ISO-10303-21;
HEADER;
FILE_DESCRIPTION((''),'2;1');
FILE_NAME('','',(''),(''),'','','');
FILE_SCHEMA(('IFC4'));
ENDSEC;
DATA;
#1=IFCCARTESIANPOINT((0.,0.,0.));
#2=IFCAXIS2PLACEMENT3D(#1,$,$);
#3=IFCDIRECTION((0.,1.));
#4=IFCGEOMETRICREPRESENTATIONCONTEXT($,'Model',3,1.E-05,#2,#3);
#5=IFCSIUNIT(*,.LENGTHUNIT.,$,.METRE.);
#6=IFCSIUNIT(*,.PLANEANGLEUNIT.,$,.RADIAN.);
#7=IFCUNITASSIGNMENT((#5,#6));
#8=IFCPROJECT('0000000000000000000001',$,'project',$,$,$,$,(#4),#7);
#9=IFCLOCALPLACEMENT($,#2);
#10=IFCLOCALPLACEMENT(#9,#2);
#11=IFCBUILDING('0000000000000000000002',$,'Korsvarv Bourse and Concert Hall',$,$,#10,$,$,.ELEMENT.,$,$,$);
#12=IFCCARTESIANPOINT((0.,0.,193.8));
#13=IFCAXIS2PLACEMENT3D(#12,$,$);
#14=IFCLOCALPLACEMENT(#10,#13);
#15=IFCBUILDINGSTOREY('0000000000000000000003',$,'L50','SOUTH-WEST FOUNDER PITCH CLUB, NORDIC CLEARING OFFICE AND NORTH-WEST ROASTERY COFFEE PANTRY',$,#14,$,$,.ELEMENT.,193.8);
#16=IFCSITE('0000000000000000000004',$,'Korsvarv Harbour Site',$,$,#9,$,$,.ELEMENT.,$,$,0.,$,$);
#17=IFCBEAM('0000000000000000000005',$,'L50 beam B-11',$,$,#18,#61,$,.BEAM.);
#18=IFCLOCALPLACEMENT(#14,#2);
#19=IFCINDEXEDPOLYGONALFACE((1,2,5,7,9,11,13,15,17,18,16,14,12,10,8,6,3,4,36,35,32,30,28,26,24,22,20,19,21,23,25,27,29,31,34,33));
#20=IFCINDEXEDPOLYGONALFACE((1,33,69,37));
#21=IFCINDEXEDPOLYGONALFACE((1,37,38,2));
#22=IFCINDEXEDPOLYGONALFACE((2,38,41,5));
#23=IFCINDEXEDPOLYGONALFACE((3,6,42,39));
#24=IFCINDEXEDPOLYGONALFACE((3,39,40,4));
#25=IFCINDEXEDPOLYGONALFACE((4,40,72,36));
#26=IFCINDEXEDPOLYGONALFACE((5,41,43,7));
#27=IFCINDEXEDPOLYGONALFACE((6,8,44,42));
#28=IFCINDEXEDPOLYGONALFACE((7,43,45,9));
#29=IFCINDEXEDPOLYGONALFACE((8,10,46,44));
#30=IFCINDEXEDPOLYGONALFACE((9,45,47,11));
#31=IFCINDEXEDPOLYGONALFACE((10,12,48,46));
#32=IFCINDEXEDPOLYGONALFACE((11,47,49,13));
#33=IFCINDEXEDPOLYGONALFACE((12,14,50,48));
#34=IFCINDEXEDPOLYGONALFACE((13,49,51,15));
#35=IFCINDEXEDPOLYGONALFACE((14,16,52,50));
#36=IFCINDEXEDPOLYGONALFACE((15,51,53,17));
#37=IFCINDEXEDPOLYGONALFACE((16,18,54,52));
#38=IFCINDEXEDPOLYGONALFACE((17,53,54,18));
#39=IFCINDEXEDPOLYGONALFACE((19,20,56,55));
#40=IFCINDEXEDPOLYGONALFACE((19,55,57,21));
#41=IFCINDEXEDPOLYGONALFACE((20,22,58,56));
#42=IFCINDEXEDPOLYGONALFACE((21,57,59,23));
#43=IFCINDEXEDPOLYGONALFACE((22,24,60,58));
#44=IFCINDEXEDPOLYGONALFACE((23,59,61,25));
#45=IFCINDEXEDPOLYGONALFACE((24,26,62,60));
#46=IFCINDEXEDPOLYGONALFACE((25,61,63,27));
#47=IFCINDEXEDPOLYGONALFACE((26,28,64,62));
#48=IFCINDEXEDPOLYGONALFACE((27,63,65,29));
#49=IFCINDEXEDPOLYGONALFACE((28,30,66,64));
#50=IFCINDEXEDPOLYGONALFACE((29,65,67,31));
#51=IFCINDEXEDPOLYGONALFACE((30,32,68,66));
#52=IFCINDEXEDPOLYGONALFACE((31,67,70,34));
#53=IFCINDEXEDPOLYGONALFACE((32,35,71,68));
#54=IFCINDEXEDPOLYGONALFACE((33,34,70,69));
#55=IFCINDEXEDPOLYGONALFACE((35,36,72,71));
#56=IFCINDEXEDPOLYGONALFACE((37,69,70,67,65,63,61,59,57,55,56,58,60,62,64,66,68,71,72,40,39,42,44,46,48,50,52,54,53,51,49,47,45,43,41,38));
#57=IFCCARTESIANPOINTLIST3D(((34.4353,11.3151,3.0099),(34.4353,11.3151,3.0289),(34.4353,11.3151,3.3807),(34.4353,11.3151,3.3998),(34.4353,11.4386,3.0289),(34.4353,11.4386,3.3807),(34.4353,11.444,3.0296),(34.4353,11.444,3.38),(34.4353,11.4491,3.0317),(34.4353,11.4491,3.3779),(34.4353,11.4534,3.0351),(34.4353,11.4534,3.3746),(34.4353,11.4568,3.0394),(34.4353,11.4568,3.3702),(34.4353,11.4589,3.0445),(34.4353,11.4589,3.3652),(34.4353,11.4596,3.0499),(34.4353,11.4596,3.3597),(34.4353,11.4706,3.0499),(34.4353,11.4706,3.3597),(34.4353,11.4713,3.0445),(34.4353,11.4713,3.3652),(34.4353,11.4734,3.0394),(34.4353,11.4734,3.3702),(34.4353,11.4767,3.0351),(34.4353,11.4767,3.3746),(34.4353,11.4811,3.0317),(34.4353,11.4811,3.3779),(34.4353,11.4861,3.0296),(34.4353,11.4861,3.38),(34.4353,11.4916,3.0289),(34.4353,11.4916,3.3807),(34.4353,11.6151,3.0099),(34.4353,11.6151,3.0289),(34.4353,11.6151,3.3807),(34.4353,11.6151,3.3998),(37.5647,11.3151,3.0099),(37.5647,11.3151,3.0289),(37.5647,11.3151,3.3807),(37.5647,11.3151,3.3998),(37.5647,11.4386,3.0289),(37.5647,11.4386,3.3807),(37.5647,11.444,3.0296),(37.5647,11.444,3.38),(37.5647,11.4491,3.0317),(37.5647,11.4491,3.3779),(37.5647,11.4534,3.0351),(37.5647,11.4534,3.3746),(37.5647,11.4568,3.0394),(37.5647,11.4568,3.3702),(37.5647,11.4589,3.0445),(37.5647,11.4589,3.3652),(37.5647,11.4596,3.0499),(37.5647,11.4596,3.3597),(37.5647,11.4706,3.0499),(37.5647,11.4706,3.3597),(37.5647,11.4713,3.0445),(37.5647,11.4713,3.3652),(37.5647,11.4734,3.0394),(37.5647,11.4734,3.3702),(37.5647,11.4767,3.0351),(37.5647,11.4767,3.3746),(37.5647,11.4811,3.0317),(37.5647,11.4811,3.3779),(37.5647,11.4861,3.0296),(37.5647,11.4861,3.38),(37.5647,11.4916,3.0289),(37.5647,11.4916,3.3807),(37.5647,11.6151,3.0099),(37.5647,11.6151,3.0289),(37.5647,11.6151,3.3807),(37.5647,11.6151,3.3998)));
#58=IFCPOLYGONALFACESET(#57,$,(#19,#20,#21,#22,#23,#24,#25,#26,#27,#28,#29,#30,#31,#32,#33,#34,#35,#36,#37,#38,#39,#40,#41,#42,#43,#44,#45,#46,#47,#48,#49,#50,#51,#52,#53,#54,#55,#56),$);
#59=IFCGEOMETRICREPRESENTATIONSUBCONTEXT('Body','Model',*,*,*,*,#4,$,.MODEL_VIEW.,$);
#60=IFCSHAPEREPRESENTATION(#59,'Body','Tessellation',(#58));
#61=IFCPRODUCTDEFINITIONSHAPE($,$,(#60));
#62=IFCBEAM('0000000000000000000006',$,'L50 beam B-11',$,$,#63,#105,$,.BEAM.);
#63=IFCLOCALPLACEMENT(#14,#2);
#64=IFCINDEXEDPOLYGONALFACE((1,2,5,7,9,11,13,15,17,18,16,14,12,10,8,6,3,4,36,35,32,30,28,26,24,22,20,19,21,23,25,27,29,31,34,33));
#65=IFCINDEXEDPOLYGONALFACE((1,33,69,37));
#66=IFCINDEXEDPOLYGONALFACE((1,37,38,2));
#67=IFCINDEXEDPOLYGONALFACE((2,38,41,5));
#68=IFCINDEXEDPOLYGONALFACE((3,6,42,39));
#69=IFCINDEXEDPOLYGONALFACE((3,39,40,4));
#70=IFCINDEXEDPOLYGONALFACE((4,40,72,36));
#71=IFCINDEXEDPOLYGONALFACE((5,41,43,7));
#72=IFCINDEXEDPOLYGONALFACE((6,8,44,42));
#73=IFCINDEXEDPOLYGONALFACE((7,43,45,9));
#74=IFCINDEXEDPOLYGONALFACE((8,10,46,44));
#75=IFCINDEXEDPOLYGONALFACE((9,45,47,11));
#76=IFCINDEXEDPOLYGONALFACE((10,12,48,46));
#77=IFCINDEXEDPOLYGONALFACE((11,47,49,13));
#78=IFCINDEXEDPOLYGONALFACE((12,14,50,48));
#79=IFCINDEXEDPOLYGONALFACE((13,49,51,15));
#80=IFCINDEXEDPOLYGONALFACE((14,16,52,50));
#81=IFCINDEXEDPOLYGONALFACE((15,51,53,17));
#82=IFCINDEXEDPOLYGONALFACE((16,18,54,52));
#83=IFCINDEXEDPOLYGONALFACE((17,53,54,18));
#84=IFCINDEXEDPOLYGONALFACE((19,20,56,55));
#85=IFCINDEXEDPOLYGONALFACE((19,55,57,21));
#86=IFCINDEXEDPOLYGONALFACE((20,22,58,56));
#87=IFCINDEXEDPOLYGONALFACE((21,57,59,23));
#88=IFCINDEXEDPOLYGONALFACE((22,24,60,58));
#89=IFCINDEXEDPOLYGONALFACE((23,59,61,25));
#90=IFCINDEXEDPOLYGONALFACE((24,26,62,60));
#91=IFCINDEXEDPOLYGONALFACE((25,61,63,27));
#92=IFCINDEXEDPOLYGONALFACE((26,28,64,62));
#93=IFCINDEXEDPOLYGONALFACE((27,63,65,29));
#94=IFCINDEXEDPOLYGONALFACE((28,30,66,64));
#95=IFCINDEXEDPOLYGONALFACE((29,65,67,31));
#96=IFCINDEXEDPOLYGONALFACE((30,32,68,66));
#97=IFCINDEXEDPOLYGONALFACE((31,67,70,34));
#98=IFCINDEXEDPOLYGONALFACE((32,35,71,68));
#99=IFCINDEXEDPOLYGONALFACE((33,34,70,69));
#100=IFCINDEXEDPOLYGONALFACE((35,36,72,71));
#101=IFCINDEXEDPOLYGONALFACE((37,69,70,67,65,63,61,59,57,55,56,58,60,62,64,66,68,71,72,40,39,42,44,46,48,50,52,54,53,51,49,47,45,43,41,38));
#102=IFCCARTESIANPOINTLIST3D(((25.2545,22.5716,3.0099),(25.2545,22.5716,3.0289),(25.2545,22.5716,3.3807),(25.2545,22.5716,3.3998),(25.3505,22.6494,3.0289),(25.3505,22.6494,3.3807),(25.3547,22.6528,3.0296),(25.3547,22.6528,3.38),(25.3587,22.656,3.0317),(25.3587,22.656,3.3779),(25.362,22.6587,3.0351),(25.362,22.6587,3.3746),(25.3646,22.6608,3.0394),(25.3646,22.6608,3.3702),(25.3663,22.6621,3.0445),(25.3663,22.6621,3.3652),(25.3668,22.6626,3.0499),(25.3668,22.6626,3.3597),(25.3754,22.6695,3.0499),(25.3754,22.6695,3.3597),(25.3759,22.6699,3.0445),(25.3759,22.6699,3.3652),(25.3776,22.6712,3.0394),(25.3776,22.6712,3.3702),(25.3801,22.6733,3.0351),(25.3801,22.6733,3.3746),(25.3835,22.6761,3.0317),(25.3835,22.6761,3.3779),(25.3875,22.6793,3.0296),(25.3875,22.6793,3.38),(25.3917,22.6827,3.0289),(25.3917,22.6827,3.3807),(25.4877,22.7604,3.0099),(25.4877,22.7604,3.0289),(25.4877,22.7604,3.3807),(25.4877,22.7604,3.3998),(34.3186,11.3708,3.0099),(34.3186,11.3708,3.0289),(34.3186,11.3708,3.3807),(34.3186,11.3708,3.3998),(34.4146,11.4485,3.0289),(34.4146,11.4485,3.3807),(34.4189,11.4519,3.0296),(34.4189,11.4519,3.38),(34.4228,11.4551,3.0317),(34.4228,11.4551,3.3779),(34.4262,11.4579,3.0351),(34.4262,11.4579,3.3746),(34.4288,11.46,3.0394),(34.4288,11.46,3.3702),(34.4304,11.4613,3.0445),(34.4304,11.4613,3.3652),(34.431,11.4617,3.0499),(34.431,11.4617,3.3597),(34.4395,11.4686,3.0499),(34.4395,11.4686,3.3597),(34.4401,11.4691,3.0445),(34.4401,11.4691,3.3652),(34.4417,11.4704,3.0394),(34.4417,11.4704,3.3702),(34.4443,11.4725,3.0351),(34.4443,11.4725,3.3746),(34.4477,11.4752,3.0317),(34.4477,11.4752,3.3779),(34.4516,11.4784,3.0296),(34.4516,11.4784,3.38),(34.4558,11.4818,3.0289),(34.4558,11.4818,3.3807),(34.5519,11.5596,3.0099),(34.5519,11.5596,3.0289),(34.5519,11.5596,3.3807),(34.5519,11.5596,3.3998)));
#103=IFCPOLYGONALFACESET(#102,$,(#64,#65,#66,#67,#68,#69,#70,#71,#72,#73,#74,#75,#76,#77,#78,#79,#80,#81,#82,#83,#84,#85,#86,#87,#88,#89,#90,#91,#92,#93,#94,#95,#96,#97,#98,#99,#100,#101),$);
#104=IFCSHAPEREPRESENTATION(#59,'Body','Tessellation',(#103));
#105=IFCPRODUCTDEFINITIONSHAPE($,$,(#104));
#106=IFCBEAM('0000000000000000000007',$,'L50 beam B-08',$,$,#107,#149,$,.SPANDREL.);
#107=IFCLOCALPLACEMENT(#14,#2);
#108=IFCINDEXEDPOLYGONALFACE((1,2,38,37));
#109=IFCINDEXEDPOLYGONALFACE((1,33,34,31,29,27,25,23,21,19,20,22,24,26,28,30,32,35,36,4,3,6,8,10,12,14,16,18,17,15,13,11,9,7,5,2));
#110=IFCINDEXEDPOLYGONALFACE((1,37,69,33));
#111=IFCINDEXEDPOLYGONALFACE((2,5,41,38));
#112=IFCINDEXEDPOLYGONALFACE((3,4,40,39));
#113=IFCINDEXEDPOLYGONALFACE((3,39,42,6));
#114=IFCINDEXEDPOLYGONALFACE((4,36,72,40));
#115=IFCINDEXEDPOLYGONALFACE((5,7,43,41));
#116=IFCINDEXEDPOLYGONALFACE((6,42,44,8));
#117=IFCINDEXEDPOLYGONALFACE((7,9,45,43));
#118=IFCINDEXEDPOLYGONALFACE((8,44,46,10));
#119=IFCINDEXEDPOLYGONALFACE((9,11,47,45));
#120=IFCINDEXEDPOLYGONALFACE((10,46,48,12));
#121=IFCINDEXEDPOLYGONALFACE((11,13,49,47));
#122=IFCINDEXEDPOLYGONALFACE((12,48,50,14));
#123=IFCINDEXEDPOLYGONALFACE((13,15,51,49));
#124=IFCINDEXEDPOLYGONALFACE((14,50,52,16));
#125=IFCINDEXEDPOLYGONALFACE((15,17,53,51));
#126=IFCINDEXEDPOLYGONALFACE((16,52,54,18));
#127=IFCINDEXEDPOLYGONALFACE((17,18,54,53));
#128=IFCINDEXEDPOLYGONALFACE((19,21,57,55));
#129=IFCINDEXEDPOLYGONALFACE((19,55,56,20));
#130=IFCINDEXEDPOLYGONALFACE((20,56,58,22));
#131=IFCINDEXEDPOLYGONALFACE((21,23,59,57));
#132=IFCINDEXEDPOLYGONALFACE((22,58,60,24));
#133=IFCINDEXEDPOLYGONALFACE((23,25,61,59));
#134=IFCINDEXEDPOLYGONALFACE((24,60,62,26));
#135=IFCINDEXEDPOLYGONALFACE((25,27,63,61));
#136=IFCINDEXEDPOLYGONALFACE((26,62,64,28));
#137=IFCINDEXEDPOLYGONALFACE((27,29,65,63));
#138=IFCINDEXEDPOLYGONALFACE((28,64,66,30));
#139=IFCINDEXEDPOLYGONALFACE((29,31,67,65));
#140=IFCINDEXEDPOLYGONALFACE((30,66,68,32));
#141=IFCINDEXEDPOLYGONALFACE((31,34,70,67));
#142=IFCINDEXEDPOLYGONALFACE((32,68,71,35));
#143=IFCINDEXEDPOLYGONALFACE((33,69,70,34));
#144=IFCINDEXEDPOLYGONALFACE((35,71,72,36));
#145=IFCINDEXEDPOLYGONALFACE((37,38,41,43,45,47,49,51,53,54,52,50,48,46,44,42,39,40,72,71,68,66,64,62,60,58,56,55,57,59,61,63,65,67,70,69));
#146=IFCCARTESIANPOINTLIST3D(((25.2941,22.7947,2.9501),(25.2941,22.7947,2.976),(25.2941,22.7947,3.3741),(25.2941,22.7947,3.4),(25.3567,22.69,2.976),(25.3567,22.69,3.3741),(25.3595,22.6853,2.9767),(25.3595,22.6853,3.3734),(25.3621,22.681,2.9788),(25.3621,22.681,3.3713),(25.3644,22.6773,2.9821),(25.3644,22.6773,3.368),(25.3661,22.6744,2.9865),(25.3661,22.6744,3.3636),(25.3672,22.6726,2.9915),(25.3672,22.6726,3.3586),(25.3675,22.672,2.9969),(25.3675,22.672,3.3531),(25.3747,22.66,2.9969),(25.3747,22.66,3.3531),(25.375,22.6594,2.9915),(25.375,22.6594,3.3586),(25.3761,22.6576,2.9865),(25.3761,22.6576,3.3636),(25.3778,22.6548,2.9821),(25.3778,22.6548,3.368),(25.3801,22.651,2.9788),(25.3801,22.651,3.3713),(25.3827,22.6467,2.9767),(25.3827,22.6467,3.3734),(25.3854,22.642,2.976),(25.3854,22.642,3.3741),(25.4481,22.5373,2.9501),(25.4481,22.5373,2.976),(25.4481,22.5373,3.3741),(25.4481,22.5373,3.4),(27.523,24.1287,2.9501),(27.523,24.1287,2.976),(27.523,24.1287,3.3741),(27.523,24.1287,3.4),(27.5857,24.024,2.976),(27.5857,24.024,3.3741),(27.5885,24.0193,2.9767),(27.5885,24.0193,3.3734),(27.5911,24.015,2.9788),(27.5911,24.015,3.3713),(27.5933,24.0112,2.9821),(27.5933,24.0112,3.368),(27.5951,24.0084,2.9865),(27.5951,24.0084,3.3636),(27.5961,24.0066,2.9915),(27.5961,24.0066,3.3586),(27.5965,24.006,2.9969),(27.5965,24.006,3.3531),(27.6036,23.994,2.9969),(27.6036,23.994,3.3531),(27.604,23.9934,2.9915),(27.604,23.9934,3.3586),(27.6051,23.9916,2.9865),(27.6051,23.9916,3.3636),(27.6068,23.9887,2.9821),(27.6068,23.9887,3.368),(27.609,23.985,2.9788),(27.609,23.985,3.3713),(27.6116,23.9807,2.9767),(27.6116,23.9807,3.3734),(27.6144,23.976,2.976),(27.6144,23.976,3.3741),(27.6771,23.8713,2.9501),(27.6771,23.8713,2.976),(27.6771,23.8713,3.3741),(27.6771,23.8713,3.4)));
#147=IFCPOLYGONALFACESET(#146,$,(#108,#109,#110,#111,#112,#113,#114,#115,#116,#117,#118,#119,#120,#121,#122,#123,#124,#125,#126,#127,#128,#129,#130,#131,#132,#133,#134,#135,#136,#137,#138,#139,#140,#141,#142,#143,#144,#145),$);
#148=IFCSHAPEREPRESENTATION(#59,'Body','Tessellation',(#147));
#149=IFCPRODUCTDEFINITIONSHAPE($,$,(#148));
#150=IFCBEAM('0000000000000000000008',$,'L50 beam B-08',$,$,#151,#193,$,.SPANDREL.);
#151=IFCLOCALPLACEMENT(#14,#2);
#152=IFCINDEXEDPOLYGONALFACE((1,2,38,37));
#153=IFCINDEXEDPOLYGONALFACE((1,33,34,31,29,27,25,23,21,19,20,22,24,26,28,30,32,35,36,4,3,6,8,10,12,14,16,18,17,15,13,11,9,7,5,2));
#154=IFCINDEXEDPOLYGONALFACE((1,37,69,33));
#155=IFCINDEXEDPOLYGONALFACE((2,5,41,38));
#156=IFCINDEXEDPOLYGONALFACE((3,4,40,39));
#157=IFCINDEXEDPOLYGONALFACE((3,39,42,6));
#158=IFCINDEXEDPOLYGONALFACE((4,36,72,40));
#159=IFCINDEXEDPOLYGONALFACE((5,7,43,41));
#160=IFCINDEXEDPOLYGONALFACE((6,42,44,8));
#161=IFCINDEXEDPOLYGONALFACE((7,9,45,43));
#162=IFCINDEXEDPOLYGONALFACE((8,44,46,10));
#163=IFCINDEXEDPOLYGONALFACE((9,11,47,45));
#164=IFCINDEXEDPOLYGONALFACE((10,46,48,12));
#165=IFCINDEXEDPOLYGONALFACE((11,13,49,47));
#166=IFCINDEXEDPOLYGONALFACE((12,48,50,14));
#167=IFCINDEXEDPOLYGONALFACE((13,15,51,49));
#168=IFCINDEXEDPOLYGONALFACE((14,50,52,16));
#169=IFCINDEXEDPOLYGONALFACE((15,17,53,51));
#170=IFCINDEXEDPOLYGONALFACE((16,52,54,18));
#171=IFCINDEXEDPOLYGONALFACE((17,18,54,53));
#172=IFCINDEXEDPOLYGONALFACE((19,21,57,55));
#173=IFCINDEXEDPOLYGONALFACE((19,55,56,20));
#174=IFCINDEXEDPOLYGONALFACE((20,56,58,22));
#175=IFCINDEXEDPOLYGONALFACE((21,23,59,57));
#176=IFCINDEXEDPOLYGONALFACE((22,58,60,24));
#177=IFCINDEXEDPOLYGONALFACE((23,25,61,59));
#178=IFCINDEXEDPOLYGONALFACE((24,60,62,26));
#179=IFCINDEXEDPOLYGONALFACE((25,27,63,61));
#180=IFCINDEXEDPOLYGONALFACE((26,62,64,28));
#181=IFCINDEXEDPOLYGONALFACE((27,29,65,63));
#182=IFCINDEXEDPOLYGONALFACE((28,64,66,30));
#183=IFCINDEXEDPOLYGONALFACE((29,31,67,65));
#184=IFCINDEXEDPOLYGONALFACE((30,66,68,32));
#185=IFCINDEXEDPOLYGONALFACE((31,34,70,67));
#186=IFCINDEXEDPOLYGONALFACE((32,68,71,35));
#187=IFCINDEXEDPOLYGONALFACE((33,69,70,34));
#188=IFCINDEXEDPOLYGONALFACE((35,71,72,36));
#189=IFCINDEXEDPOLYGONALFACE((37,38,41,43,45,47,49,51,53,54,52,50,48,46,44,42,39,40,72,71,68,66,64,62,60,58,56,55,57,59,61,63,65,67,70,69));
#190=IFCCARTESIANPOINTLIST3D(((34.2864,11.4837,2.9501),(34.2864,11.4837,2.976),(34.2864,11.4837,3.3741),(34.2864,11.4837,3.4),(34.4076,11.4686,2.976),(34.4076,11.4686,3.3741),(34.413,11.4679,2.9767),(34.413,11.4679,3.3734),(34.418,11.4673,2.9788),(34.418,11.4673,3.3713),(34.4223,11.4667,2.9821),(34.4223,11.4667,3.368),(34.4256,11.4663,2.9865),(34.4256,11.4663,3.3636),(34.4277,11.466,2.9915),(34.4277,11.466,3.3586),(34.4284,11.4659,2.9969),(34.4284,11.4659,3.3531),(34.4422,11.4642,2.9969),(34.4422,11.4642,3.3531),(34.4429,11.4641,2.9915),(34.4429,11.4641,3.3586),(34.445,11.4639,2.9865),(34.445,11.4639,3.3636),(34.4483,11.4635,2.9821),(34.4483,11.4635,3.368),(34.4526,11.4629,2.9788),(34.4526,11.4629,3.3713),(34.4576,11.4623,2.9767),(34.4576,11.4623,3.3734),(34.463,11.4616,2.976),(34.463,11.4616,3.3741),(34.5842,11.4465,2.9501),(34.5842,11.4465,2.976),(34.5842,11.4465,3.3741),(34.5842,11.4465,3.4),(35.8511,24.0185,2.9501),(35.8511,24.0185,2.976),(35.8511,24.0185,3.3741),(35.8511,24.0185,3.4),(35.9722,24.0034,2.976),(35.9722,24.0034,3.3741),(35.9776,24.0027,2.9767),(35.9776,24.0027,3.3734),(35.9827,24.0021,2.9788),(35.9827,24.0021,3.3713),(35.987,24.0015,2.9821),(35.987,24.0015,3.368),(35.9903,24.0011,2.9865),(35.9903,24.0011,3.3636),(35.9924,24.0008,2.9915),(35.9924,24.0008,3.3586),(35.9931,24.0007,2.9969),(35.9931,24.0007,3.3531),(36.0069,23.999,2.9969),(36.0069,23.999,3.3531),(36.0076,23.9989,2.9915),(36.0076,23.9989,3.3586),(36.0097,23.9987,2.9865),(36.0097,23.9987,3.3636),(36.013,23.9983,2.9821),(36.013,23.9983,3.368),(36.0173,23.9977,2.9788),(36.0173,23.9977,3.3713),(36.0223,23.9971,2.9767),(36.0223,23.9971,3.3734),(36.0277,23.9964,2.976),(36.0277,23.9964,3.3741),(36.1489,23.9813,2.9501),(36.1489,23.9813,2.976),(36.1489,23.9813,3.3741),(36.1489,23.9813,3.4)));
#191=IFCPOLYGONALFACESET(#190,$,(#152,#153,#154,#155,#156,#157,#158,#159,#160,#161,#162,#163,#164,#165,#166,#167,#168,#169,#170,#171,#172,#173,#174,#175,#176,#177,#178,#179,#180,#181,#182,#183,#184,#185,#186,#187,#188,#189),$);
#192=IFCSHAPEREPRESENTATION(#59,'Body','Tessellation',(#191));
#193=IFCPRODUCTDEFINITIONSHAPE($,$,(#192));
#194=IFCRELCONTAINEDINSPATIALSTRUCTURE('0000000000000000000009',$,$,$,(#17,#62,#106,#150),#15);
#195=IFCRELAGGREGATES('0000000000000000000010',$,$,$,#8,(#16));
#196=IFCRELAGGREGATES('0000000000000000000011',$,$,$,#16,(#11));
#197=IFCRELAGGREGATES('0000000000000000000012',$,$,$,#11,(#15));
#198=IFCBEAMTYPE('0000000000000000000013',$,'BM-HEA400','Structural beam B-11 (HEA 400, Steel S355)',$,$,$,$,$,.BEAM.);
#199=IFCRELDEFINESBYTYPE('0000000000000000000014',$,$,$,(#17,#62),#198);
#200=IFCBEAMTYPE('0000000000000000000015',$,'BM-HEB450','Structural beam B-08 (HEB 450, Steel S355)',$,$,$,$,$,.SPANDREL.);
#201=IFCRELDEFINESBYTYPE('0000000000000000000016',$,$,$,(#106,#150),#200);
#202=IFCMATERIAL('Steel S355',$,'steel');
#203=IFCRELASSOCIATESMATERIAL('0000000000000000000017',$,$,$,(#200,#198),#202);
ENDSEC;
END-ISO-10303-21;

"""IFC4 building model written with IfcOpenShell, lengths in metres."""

from ifc_helpers import new_model, si_unit, direction, frame, origin, origin_2d, place, context, subcontext, project, spatial, i_section, extrude, source, transform, mapped, material, material_profile, profile_set, type_object, element, save


model = new_model("IFC4")

# Units and contexts
model_context = context("Model", 3, precision=1e-05, world=origin(), true_north=direction((0.0, 1.0)))
body_context = subcontext(model_context, "Body", "Model", "MODEL_VIEW")
ifc_project = project(units=[si_unit("LENGTHUNIT", "METRE"), si_unit("PLANEANGLEUNIT", "RADIAN")], contexts=[model_context])

# Site, building, storey
site_placement = place(None, origin())
site = spatial("IfcSite", under=ifc_project, at=site_placement, Name="Korsvarv Harbour Site", CompositionType="ELEMENT", RefElevation=0.0)
building_placement = place(site_placement, origin())
building = spatial("IfcBuilding", under=site, at=building_placement, Name="Korsvarv Bourse and Concert Hall", CompositionType="ELEMENT")
storey_placement = place(building_placement, frame((0.0, 0.0, 193.8)))
storey = spatial("IfcBuildingStorey", under=building, at=storey_placement, Name="L50", Description="SOUTH-WEST FOUNDER PITCH CLUB, NORDIC CLEARING OFFICE AND NORTH-WEST ROASTERY COFFEE PANTRY", CompositionType="ELEMENT", Elevation=193.8)

# Shared definitions
ifc_material_1 = material(Name="Steel S355", Category="steel")

# Beams
ifc_material_profile_1 = material_profile(ifc_material_1, i_section(OverallWidth=0.3, OverallDepth=0.45, WebThickness=0.0139, FlangeThickness=0.0259, FilletRadius=0.021, at=origin_2d()), Name="HEB 450")
ifc_profile_set_1 = profile_set([ifc_material_profile_1], Name="Steel S355")
beam_type_1 = type_object("IfcBeamType", Name="BM-HEB450", Description="Structural beam B-08 (HEB 450, Steel S355)", PredefinedType="SPANDREL", material=ifc_profile_set_1)
ifc_material_profile_2 = material_profile(ifc_material_1, i_section(OverallWidth=0.3, OverallDepth=0.3899, WebThickness=0.011, FlangeThickness=0.019, FilletRadius=0.021, at=origin_2d()), Name="HEA 400")
ifc_profile_set_2 = profile_set([ifc_material_profile_2], Name="Steel S355")
beam_type_2 = type_object("IfcBeamType", Name="BM-HEA400", Description="Structural beam B-11 (HEA 400, Steel S355)", PredefinedType="BEAM", material=ifc_profile_set_2)
shared_shape_1 = source(origin(), body_context, "Body", "SweptSolid", [
    extrude(i_section(OverallWidth=0.3, OverallDepth=0.3899, WebThickness=0.011, FlangeThickness=0.019, FilletRadius=0.021, at=origin_2d()), origin(), (0.0, 0.0, 1.0), 3.1294),
])
beam_1_placement = place(storey_placement, frame((34.4353, 11.4651, 3.2048), z_axis=(1.0, 0.0, 0.0), x_axis=(0.0, 1.0, 0.0)))
element("IfcBeam", 1, at=beam_1_placement, inside=storey, type_object=beam_type_2, Name="L50 beam B-11", PredefinedType="BEAM", context=body_context, shape_type="MappedRepresentation", body=[
    mapped(shared_shape_1, transform((0.0, 0.0, 0.0), scale=1.0)),
])
shared_shape_2 = source(origin(), body_context, "Body", "SweptSolid", [
    extrude(i_section(OverallWidth=0.3, OverallDepth=0.3899, WebThickness=0.011, FlangeThickness=0.019, FilletRadius=0.021, at=origin_2d()), origin(), (0.0, 0.0, 1.0), 14.4089),
])
beam_2_placement = place(storey_placement, frame((25.3711, 22.666, 3.2048), z_axis=(0.629064, -0.777354, 0.0), x_axis=(0.777354, 0.629064, 0.0)))
element("IfcBeam", 2, at=beam_2_placement, inside=storey, type_object=beam_type_2, Name="L50 beam B-11", PredefinedType="BEAM", context=body_context, shape_type="MappedRepresentation", body=[
    mapped(shared_shape_2, transform((0.0, 0.0, 0.0), scale=1.0)),
])
shared_shape_3 = source(origin(), body_context, "Body", "SweptSolid", [
    extrude(i_section(OverallWidth=0.3, OverallDepth=0.45, WebThickness=0.0139, FlangeThickness=0.0259, FilletRadius=0.021, at=origin_2d()), origin(), (0.0, 0.0, 1.0), 2.5977),
])
beam_3_placement = place(storey_placement, frame((25.3711, 22.666, 3.175), z_axis=(0.858073, 0.513528, 0.0), x_axis=(-0.513528, 0.858073, 0.0)))
element("IfcBeam", 3, at=beam_3_placement, inside=storey, type_object=beam_type_1, Name="L50 beam B-08", PredefinedType="SPANDREL", context=body_context, shape_type="MappedRepresentation", body=[
    mapped(shared_shape_3, transform((0.0, 0.0, 0.0), scale=1.0)),
])
shared_shape_4 = source(origin(), body_context, "Body", "SweptSolid", [
    extrude(i_section(OverallWidth=0.3, OverallDepth=0.45, WebThickness=0.0139, FlangeThickness=0.0259, FilletRadius=0.021, at=origin_2d()), origin(), (0.0, 0.0, 1.0), 12.6321),
])
beam_4_placement = place(storey_placement, frame((34.4353, 11.4651, 3.175), z_axis=(0.123866, 0.992299, 0.0), x_axis=(-0.992299, 0.123866, 0.0)))
element("IfcBeam", 4, at=beam_4_placement, inside=storey, type_object=beam_type_1, Name="L50 beam B-08", PredefinedType="SPANDREL", context=body_context, shape_type="MappedRepresentation", body=[
    mapped(shared_shape_4, transform((0.0, 0.0, 0.0), scale=1.0)),
])

save(model, "model.ifc")
